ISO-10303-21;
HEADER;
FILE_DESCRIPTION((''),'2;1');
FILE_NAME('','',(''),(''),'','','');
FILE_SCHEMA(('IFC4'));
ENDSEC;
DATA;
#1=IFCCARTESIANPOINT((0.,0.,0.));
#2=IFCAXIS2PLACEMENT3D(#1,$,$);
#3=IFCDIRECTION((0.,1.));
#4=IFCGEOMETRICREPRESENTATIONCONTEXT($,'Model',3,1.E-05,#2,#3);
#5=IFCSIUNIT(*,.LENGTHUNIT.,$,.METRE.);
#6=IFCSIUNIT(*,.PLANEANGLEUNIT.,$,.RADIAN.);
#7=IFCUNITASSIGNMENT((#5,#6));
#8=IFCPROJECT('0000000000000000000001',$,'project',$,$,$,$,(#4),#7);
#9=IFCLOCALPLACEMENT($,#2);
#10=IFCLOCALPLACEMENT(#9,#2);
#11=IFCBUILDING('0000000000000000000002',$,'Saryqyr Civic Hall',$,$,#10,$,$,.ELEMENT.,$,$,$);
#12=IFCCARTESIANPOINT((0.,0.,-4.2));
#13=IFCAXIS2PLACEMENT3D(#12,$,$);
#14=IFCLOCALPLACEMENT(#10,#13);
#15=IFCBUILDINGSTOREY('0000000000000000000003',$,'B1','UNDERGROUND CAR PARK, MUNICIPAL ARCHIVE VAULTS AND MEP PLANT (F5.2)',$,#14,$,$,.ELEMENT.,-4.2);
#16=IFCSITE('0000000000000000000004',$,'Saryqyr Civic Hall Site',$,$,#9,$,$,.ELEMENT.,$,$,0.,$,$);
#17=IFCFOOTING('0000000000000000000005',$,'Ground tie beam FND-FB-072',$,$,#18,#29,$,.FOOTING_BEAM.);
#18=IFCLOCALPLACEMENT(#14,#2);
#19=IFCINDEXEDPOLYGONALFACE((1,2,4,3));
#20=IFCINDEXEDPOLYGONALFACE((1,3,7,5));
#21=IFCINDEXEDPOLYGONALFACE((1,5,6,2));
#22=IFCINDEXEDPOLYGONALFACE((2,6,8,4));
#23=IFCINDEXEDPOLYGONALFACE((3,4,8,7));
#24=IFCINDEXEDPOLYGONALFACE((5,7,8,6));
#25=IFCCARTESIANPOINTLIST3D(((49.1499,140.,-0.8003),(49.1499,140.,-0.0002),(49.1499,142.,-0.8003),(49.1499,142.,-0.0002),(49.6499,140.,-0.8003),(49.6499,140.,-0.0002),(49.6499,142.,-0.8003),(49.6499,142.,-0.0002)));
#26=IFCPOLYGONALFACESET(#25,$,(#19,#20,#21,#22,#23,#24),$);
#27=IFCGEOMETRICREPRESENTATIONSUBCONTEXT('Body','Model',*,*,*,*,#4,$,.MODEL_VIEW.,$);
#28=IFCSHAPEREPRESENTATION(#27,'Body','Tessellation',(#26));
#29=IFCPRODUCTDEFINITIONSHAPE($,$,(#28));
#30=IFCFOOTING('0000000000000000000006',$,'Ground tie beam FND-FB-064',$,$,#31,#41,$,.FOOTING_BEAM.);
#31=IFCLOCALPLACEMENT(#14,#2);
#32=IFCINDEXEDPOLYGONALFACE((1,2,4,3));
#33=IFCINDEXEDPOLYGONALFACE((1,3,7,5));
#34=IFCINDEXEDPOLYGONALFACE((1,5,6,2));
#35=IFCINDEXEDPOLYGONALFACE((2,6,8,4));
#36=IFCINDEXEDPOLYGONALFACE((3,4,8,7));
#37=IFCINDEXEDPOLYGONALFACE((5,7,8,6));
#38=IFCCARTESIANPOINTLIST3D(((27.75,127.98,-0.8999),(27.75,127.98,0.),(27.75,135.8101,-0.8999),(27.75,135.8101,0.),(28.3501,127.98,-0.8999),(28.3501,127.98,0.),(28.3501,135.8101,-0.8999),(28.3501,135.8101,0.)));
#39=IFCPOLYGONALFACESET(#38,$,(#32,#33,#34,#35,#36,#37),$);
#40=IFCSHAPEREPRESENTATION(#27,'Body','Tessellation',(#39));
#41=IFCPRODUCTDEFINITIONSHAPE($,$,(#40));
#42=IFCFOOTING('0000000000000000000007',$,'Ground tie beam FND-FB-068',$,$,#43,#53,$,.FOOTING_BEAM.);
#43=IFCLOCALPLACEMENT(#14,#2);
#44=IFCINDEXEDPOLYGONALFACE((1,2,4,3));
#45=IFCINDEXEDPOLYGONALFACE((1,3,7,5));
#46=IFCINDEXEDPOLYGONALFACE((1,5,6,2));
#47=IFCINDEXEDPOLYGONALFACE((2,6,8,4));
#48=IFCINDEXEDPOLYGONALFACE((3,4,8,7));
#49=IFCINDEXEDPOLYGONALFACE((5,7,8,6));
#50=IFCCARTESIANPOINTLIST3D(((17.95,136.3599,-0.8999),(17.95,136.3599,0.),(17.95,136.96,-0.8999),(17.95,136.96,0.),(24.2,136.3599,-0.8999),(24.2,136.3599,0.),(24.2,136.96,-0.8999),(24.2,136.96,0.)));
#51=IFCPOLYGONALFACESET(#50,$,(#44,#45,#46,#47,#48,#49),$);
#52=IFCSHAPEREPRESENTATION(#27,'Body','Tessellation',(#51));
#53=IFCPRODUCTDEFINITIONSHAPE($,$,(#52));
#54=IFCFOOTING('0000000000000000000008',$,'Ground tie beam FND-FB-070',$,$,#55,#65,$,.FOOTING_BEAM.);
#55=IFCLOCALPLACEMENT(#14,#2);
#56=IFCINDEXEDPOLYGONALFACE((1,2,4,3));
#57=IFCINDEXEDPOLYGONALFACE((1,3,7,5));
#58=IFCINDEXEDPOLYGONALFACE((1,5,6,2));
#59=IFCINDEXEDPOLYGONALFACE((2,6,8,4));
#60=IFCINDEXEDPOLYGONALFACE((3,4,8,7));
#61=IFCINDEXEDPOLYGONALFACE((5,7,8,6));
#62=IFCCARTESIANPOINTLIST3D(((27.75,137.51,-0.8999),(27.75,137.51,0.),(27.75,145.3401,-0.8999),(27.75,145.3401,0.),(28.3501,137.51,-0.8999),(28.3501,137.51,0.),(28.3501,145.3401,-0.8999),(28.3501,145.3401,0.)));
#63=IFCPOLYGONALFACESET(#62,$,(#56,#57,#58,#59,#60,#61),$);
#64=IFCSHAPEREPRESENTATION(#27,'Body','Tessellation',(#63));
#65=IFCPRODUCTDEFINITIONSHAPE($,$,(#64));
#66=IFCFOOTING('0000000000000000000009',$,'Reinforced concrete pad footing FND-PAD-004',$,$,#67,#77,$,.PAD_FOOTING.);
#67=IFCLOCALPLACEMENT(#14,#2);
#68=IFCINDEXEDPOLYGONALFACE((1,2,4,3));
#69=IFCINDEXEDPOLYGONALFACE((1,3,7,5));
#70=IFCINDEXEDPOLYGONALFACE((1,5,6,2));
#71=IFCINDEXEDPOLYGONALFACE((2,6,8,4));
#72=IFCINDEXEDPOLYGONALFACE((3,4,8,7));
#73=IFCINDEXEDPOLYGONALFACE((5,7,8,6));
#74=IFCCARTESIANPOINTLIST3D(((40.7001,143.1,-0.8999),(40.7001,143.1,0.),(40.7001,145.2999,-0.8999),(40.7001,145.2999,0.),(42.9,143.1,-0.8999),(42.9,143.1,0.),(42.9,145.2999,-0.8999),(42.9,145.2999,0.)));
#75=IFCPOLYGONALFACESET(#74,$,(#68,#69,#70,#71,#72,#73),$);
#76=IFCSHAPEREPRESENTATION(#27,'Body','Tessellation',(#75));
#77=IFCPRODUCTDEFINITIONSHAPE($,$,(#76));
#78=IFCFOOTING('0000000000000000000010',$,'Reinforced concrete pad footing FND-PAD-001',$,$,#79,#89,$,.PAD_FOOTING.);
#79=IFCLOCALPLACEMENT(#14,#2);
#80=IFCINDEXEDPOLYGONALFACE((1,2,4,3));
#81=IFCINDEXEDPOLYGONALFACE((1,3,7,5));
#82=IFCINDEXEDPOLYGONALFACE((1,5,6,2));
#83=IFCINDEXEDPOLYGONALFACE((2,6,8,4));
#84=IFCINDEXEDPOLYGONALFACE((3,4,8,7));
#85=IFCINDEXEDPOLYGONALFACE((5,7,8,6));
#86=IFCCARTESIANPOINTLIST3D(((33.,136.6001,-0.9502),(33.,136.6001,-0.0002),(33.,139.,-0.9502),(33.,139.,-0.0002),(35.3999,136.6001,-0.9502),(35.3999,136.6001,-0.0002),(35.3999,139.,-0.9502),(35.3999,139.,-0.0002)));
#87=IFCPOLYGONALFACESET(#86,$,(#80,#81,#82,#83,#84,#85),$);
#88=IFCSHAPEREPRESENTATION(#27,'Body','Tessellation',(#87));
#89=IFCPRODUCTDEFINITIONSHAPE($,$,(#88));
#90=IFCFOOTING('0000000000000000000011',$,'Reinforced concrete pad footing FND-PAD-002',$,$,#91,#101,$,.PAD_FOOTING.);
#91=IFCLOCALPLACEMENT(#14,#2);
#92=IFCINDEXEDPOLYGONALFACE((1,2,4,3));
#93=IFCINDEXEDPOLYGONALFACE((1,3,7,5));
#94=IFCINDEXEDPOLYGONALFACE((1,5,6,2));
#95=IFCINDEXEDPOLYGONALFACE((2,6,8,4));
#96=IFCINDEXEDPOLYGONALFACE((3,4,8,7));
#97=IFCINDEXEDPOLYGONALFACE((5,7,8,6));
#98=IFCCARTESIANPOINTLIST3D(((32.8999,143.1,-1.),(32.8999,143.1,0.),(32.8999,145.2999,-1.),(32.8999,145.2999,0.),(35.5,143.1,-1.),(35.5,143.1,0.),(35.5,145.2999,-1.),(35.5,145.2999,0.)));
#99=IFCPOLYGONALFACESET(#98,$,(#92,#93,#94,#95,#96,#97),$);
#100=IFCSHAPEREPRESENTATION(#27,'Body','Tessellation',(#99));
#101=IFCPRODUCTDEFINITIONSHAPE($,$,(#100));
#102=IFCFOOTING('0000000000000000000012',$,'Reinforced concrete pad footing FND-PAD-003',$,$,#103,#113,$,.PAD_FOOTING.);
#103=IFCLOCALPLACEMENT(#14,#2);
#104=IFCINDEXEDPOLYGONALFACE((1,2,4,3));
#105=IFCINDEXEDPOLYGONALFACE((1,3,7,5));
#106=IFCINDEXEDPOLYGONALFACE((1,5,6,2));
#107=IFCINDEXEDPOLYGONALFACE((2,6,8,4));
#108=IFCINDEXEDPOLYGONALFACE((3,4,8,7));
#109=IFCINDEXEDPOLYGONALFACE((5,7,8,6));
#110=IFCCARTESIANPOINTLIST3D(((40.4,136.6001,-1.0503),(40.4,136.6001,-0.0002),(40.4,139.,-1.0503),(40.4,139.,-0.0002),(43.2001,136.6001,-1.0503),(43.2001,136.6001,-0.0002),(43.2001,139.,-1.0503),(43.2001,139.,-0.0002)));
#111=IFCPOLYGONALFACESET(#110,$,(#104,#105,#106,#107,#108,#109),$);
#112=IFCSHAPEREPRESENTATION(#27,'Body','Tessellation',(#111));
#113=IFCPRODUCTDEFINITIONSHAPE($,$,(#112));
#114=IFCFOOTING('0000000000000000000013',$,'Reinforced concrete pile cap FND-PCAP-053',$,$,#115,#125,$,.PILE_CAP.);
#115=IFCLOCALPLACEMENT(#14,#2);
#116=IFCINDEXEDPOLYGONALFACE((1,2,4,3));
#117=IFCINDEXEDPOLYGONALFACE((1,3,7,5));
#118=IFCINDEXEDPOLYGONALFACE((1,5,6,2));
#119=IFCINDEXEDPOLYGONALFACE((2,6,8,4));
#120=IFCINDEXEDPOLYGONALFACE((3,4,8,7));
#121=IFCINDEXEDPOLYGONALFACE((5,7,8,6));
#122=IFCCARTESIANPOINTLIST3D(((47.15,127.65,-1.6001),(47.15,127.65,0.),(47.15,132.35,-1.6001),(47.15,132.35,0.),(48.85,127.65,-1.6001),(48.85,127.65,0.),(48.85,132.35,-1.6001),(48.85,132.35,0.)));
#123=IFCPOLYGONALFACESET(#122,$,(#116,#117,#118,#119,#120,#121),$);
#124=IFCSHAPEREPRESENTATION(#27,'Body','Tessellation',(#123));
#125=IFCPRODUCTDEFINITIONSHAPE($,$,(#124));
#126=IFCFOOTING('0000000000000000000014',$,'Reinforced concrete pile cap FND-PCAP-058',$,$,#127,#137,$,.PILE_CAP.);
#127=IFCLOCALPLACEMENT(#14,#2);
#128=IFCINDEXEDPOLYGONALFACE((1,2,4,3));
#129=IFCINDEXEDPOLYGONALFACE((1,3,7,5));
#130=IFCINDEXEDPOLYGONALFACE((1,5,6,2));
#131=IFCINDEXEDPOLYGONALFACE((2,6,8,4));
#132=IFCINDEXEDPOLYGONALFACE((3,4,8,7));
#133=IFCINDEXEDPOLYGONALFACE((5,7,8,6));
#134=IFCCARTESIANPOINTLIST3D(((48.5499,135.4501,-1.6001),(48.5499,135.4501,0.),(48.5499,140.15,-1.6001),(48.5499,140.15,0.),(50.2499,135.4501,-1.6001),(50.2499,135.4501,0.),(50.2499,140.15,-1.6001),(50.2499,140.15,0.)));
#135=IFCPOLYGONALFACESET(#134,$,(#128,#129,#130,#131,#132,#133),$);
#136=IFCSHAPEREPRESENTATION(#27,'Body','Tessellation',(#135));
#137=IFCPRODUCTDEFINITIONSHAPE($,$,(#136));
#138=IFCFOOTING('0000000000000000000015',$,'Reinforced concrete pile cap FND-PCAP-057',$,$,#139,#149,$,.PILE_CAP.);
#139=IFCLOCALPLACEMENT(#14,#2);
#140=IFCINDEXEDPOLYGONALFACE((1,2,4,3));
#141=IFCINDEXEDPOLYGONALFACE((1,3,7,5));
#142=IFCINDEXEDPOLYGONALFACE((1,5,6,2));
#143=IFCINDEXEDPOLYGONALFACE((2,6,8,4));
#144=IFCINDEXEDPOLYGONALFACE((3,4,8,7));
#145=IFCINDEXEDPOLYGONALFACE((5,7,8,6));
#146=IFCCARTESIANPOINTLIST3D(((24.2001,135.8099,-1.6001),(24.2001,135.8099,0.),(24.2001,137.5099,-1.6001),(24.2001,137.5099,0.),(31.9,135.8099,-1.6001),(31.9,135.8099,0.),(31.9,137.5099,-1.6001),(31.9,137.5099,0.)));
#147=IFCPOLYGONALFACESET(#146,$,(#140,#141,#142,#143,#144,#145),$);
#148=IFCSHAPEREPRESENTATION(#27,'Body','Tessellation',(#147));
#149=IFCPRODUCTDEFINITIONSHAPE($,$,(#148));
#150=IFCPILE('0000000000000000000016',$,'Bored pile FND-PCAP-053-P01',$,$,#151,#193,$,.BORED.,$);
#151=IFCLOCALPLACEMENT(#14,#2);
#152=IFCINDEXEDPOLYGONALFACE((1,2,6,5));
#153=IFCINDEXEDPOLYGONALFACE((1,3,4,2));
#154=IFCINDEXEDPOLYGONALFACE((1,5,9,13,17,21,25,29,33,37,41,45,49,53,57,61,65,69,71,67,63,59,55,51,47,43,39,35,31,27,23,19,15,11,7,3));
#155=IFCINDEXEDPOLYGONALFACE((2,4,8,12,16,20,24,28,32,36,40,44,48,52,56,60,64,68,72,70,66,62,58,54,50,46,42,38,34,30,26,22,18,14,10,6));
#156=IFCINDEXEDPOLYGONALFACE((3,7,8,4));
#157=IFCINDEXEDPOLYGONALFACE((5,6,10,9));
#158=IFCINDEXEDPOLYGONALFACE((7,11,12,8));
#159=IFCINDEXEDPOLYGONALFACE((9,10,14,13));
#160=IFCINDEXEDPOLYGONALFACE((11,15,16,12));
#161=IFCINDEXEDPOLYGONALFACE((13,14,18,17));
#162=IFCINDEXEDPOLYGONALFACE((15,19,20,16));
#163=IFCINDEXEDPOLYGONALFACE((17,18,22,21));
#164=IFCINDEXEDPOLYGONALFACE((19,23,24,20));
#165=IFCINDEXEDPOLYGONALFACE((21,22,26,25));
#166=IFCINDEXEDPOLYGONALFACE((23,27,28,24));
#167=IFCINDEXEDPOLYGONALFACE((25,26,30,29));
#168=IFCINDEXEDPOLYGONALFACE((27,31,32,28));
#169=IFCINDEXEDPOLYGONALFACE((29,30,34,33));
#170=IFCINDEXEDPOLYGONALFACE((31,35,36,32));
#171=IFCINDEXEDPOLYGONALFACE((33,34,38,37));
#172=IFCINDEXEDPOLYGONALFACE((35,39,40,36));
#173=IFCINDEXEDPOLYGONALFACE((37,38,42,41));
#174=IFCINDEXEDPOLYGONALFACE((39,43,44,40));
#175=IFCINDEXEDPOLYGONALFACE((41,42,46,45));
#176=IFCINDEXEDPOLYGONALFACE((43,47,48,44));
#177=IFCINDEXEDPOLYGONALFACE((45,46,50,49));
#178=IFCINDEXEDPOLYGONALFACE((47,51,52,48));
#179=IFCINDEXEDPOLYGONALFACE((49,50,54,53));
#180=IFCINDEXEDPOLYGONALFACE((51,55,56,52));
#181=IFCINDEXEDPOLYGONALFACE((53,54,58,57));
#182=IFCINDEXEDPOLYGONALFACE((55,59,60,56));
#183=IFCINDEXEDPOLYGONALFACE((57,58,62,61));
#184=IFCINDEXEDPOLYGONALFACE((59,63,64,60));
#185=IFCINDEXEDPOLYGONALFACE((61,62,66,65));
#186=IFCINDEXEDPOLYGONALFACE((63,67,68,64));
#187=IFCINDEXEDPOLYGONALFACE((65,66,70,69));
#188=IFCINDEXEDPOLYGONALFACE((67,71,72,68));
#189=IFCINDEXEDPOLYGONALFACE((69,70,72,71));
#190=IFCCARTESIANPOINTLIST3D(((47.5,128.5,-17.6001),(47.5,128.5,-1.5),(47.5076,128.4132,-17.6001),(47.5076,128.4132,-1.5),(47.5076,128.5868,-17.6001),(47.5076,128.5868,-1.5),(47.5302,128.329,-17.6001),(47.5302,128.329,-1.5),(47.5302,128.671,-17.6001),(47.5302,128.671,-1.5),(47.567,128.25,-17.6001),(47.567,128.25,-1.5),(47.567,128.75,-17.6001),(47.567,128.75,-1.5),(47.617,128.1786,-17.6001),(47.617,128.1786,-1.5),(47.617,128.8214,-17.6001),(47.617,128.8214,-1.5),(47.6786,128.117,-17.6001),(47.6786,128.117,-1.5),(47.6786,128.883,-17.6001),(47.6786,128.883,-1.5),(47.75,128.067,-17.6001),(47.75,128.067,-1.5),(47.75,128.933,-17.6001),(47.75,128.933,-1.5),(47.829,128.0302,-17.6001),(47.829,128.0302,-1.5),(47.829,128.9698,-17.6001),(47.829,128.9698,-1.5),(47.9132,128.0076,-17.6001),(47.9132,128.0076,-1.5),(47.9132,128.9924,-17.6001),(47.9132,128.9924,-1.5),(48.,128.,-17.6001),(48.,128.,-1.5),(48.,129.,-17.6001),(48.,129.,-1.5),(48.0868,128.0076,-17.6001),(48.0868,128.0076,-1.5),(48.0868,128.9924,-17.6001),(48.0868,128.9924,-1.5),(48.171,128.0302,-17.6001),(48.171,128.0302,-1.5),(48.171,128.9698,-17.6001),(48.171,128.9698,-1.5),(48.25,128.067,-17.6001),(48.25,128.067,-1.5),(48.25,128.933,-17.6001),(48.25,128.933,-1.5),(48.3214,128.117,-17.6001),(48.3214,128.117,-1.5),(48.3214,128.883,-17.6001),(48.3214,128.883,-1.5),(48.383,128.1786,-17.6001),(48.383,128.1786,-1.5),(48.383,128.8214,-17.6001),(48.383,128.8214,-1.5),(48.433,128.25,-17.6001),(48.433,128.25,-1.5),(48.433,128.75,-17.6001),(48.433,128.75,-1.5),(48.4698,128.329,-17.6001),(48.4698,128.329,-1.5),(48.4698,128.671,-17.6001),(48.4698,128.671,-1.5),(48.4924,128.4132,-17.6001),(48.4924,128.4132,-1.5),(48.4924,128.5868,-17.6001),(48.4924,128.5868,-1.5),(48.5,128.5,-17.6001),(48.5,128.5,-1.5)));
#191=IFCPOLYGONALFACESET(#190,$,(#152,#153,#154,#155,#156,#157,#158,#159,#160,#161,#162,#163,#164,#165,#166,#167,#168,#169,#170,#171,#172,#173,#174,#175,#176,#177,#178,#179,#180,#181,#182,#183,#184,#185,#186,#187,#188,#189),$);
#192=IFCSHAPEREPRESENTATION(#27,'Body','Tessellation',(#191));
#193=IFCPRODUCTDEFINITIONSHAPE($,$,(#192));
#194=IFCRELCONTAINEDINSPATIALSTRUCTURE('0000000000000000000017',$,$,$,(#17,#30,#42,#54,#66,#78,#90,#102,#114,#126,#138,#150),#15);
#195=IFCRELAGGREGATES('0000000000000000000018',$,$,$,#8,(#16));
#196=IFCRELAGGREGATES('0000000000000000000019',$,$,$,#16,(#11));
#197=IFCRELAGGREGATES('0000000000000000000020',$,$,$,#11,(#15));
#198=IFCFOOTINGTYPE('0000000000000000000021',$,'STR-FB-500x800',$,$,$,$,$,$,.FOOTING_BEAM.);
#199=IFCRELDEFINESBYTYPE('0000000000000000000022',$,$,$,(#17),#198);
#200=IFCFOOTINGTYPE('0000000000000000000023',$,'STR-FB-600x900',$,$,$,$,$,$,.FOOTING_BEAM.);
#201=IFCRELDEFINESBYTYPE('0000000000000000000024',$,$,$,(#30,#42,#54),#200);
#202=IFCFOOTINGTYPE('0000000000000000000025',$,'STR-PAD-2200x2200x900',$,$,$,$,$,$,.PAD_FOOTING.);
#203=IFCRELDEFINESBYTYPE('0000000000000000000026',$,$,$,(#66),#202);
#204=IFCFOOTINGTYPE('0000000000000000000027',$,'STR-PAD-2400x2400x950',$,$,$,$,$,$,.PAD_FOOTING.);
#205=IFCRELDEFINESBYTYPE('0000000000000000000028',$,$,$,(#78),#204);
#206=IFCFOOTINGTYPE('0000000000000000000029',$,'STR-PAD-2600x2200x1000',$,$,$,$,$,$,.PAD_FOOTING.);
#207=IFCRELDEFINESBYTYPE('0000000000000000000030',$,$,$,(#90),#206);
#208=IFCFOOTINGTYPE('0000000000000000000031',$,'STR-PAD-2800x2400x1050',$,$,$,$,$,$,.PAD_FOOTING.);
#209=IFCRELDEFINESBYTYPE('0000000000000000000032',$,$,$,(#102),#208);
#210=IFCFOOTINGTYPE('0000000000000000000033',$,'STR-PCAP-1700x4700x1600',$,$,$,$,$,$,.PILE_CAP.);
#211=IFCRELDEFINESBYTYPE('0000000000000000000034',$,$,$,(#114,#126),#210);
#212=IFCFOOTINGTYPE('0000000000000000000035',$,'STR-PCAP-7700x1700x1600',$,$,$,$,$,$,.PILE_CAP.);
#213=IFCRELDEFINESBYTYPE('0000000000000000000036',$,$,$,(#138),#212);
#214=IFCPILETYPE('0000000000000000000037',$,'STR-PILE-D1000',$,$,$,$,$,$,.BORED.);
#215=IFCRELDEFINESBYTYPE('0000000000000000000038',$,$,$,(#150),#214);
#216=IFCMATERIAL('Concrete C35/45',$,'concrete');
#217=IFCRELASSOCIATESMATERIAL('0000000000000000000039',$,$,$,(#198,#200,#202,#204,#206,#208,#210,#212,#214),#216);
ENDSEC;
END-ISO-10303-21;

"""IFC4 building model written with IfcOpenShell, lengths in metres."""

from ifc_helpers import new_model, si_unit, direction, frame, origin, origin_2d, place, context, subcontext, project, spatial, rectangle, circle, extrude, material, material_profile, profile_set, type_object, element, save


model = new_model("IFC4")

# Units and contexts
model_context = context("Model", 3, precision=1e-05, world=origin(), true_north=direction((0.0, 1.0)))
body_context = subcontext(model_context, "Body", "Model", "MODEL_VIEW")
ifc_project = project(units=[si_unit("LENGTHUNIT", "METRE"), si_unit("PLANEANGLEUNIT", "RADIAN")], contexts=[model_context])

# Site, building, storey
site_placement = place(None, origin())
site = spatial("IfcSite", under=ifc_project, at=site_placement, Name="Saryqyr Civic Hall Site", CompositionType="ELEMENT", RefElevation=0.0)
building_placement = place(site_placement, origin())
building = spatial("IfcBuilding", under=site, at=building_placement, Name="Saryqyr Civic Hall", CompositionType="ELEMENT")
storey_placement = place(building_placement, frame((0.0, 0.0, -4.2)))
storey = spatial("IfcBuildingStorey", under=building, at=storey_placement, Name="B1", Description="UNDERGROUND CAR PARK, MUNICIPAL ARCHIVE VAULTS AND MEP PLANT (F5.2)", CompositionType="ELEMENT", Elevation=-4.2)

# Footings
ifc_material_1 = material(Name="Concrete C35/45", Category="concrete")
footing_type_1 = type_object("IfcFootingType", Name="STR-FB-500x800", PredefinedType="FOOTING_BEAM", material=ifc_material_1)
footing_1_placement = place(storey_placement, frame((49.3999, 141.0, -0.8003), z_axis=(0.0, 0.0, 1.0), x_axis=(1.0, 0.0, 0.0)))
element("IfcFooting", 1, at=footing_1_placement, inside=storey, type_object=footing_type_1, Name="Ground tie beam FND-FB-072", PredefinedType="FOOTING_BEAM", context=body_context, shape_type="SweptSolid", body=[
    extrude(rectangle(XDim=0.5, YDim=2.0, at=origin_2d()), origin(), (0.0, 0.0, 1.0), 0.8),
])
footing_type_2 = type_object("IfcFootingType", Name="STR-FB-600x900", PredefinedType="FOOTING_BEAM", material=ifc_material_1)
footing_2_placement = place(storey_placement, frame((28.05, 131.895, -0.8999), z_axis=(0.0, 0.0, 1.0), x_axis=(1.0, 0.0, 0.0)))
element("IfcFooting", 2, at=footing_2_placement, inside=storey, type_object=footing_type_2, Name="Ground tie beam FND-FB-064", PredefinedType="FOOTING_BEAM", context=body_context, shape_type="SweptSolid", body=[
    extrude(rectangle(XDim=0.6001, YDim=7.8301, at=origin_2d()), origin(), (0.0, 0.0, 1.0), 0.8999),
])
footing_3_placement = place(storey_placement, frame((21.075, 136.6599, -0.8999), z_axis=(0.0, 0.0, 1.0), x_axis=(1.0, 0.0, 0.0)))
element("IfcFooting", 3, at=footing_3_placement, inside=storey, type_object=footing_type_2, Name="Ground tie beam FND-FB-068", PredefinedType="FOOTING_BEAM", context=body_context, shape_type="SweptSolid", body=[
    extrude(rectangle(XDim=6.25, YDim=0.6001, at=origin_2d()), origin(), (0.0, 0.0, 1.0), 0.8999),
])
footing_4_placement = place(storey_placement, frame((28.05, 141.425, -0.8999), z_axis=(0.0, 0.0, 1.0), x_axis=(1.0, 0.0, 0.0)))
element("IfcFooting", 4, at=footing_4_placement, inside=storey, type_object=footing_type_2, Name="Ground tie beam FND-FB-070", PredefinedType="FOOTING_BEAM", context=body_context, shape_type="SweptSolid", body=[
    extrude(rectangle(XDim=0.6001, YDim=7.8301, at=origin_2d()), origin(), (0.0, 0.0, 1.0), 0.8999),
])
footing_type_3 = type_object("IfcFootingType", Name="STR-PAD-2200x2200x900", PredefinedType="PAD_FOOTING", material=ifc_material_1)
footing_5_placement = place(storey_placement, frame((41.8, 144.2, -0.8999), z_axis=(0.0, 0.0, 1.0), x_axis=(1.0, 0.0, 0.0)))
element("IfcFooting", 5, at=footing_5_placement, inside=storey, type_object=footing_type_3, Name="Reinforced concrete pad footing FND-PAD-004", PredefinedType="PAD_FOOTING", context=body_context, shape_type="SweptSolid", body=[
    extrude(rectangle(XDim=2.2, YDim=2.2, at=origin_2d()), origin(), (0.0, 0.0, 1.0), 0.8999),
])
footing_type_4 = type_object("IfcFootingType", Name="STR-PAD-2400x2400x950", PredefinedType="PAD_FOOTING", material=ifc_material_1)
footing_6_placement = place(storey_placement, frame((34.2, 137.8, -0.9502), z_axis=(0.0, 0.0, 1.0), x_axis=(1.0, 0.0, 0.0)))
element("IfcFooting", 6, at=footing_6_placement, inside=storey, type_object=footing_type_4, Name="Reinforced concrete pad footing FND-PAD-001", PredefinedType="PAD_FOOTING", context=body_context, shape_type="SweptSolid", body=[
    extrude(rectangle(XDim=2.3999, YDim=2.3999, at=origin_2d()), origin(), (0.0, 0.0, 1.0), 0.95),
])
footing_type_5 = type_object("IfcFootingType", Name="STR-PAD-2600x2200x1000", PredefinedType="PAD_FOOTING", material=ifc_material_1)
footing_7_placement = place(storey_placement, frame((34.2, 144.2, -1.0), z_axis=(0.0, 0.0, 1.0), x_axis=(1.0, 0.0, 0.0)))
element("IfcFooting", 7, at=footing_7_placement, inside=storey, type_object=footing_type_5, Name="Reinforced concrete pad footing FND-PAD-002", PredefinedType="PAD_FOOTING", context=body_context, shape_type="SweptSolid", body=[
    extrude(rectangle(XDim=2.6001, YDim=2.2, at=origin_2d()), origin(), (0.0, 0.0, 1.0), 1.0),
])
footing_type_6 = type_object("IfcFootingType", Name="STR-PAD-2800x2400x1050", PredefinedType="PAD_FOOTING", material=ifc_material_1)
footing_8_placement = place(storey_placement, frame((41.8, 137.8, -1.0503), z_axis=(0.0, 0.0, 1.0), x_axis=(1.0, 0.0, 0.0)))
element("IfcFooting", 8, at=footing_8_placement, inside=storey, type_object=footing_type_6, Name="Reinforced concrete pad footing FND-PAD-003", PredefinedType="PAD_FOOTING", context=body_context, shape_type="SweptSolid", body=[
    extrude(rectangle(XDim=2.8, YDim=2.3999, at=origin_2d()), origin(), (0.0, 0.0, 1.0), 1.05),
])
footing_type_7 = type_object("IfcFootingType", Name="STR-PCAP-1700x4700x1600", PredefinedType="PILE_CAP", material=ifc_material_1)
for number, where, z_axis, x_axis, name in (
    (9, (48.0, 130.0, -1.6001), (0.0, 0.0, 1.0), (1.0, 0.0, 0.0), "Reinforced concrete pile cap FND-PCAP-053"),
    (10, (49.3999, 137.8, -1.6001), (0.0, 0.0, 1.0), (1.0, 0.0, 0.0), "Reinforced concrete pile cap FND-PCAP-058"),
):
    element("IfcFooting", number, at=place(storey_placement, frame(where, z_axis=z_axis, x_axis=x_axis)), inside=storey, type_object=footing_type_7, Name=name, PredefinedType="PILE_CAP", context=body_context, shape_type="SweptSolid", body=[
        extrude(rectangle(XDim=1.7, YDim=4.7, at=origin_2d()), origin(), (0.0, 0.0, 1.0), 1.6001),
    ])
footing_type_8 = type_object("IfcFootingType", Name="STR-PCAP-7700x1700x1600", PredefinedType="PILE_CAP", material=ifc_material_1)
footing_9_placement = place(storey_placement, frame((28.05, 136.6599, -1.6001), z_axis=(0.0, 0.0, 1.0), x_axis=(1.0, 0.0, 0.0)))
element("IfcFooting", 11, at=footing_9_placement, inside=storey, type_object=footing_type_8, Name="Reinforced concrete pile cap FND-PCAP-057", PredefinedType="PILE_CAP", context=body_context, shape_type="SweptSolid", body=[
    extrude(rectangle(XDim=7.7, YDim=1.7, at=origin_2d()), origin(), (0.0, 0.0, 1.0), 1.6001),
])

# Pile
ifc_material_profile_1 = material_profile(ifc_material_1, circle(Radius=0.5, at=origin_2d()), Name="BORED PILE D1000")
ifc_profile_set_1 = profile_set([ifc_material_profile_1], Name="Concrete C35/45")
pile_type = type_object("IfcPileType", Name="STR-PILE-D1000", PredefinedType="BORED", material=ifc_profile_set_1)
for number, where, z_axis, x_axis, name in (
    (12, (48.0, 128.5, -1.5), (0.0, 0.0, -1.0), (1.0, 0.0, 0.0), "Bored pile FND-PCAP-053-P01"),
):
    element("IfcPile", number, at=place(storey_placement, frame(where, z_axis=z_axis, x_axis=x_axis)), inside=storey, type_object=pile_type, Name=name, PredefinedType="BORED", context=body_context, shape_type="SweptSolid", body=[
        extrude(circle(Radius=0.5, at=origin_2d()), origin(), (0.0, 0.0, 1.0), 16.1001),
    ])

save(model, "model.ifc")
